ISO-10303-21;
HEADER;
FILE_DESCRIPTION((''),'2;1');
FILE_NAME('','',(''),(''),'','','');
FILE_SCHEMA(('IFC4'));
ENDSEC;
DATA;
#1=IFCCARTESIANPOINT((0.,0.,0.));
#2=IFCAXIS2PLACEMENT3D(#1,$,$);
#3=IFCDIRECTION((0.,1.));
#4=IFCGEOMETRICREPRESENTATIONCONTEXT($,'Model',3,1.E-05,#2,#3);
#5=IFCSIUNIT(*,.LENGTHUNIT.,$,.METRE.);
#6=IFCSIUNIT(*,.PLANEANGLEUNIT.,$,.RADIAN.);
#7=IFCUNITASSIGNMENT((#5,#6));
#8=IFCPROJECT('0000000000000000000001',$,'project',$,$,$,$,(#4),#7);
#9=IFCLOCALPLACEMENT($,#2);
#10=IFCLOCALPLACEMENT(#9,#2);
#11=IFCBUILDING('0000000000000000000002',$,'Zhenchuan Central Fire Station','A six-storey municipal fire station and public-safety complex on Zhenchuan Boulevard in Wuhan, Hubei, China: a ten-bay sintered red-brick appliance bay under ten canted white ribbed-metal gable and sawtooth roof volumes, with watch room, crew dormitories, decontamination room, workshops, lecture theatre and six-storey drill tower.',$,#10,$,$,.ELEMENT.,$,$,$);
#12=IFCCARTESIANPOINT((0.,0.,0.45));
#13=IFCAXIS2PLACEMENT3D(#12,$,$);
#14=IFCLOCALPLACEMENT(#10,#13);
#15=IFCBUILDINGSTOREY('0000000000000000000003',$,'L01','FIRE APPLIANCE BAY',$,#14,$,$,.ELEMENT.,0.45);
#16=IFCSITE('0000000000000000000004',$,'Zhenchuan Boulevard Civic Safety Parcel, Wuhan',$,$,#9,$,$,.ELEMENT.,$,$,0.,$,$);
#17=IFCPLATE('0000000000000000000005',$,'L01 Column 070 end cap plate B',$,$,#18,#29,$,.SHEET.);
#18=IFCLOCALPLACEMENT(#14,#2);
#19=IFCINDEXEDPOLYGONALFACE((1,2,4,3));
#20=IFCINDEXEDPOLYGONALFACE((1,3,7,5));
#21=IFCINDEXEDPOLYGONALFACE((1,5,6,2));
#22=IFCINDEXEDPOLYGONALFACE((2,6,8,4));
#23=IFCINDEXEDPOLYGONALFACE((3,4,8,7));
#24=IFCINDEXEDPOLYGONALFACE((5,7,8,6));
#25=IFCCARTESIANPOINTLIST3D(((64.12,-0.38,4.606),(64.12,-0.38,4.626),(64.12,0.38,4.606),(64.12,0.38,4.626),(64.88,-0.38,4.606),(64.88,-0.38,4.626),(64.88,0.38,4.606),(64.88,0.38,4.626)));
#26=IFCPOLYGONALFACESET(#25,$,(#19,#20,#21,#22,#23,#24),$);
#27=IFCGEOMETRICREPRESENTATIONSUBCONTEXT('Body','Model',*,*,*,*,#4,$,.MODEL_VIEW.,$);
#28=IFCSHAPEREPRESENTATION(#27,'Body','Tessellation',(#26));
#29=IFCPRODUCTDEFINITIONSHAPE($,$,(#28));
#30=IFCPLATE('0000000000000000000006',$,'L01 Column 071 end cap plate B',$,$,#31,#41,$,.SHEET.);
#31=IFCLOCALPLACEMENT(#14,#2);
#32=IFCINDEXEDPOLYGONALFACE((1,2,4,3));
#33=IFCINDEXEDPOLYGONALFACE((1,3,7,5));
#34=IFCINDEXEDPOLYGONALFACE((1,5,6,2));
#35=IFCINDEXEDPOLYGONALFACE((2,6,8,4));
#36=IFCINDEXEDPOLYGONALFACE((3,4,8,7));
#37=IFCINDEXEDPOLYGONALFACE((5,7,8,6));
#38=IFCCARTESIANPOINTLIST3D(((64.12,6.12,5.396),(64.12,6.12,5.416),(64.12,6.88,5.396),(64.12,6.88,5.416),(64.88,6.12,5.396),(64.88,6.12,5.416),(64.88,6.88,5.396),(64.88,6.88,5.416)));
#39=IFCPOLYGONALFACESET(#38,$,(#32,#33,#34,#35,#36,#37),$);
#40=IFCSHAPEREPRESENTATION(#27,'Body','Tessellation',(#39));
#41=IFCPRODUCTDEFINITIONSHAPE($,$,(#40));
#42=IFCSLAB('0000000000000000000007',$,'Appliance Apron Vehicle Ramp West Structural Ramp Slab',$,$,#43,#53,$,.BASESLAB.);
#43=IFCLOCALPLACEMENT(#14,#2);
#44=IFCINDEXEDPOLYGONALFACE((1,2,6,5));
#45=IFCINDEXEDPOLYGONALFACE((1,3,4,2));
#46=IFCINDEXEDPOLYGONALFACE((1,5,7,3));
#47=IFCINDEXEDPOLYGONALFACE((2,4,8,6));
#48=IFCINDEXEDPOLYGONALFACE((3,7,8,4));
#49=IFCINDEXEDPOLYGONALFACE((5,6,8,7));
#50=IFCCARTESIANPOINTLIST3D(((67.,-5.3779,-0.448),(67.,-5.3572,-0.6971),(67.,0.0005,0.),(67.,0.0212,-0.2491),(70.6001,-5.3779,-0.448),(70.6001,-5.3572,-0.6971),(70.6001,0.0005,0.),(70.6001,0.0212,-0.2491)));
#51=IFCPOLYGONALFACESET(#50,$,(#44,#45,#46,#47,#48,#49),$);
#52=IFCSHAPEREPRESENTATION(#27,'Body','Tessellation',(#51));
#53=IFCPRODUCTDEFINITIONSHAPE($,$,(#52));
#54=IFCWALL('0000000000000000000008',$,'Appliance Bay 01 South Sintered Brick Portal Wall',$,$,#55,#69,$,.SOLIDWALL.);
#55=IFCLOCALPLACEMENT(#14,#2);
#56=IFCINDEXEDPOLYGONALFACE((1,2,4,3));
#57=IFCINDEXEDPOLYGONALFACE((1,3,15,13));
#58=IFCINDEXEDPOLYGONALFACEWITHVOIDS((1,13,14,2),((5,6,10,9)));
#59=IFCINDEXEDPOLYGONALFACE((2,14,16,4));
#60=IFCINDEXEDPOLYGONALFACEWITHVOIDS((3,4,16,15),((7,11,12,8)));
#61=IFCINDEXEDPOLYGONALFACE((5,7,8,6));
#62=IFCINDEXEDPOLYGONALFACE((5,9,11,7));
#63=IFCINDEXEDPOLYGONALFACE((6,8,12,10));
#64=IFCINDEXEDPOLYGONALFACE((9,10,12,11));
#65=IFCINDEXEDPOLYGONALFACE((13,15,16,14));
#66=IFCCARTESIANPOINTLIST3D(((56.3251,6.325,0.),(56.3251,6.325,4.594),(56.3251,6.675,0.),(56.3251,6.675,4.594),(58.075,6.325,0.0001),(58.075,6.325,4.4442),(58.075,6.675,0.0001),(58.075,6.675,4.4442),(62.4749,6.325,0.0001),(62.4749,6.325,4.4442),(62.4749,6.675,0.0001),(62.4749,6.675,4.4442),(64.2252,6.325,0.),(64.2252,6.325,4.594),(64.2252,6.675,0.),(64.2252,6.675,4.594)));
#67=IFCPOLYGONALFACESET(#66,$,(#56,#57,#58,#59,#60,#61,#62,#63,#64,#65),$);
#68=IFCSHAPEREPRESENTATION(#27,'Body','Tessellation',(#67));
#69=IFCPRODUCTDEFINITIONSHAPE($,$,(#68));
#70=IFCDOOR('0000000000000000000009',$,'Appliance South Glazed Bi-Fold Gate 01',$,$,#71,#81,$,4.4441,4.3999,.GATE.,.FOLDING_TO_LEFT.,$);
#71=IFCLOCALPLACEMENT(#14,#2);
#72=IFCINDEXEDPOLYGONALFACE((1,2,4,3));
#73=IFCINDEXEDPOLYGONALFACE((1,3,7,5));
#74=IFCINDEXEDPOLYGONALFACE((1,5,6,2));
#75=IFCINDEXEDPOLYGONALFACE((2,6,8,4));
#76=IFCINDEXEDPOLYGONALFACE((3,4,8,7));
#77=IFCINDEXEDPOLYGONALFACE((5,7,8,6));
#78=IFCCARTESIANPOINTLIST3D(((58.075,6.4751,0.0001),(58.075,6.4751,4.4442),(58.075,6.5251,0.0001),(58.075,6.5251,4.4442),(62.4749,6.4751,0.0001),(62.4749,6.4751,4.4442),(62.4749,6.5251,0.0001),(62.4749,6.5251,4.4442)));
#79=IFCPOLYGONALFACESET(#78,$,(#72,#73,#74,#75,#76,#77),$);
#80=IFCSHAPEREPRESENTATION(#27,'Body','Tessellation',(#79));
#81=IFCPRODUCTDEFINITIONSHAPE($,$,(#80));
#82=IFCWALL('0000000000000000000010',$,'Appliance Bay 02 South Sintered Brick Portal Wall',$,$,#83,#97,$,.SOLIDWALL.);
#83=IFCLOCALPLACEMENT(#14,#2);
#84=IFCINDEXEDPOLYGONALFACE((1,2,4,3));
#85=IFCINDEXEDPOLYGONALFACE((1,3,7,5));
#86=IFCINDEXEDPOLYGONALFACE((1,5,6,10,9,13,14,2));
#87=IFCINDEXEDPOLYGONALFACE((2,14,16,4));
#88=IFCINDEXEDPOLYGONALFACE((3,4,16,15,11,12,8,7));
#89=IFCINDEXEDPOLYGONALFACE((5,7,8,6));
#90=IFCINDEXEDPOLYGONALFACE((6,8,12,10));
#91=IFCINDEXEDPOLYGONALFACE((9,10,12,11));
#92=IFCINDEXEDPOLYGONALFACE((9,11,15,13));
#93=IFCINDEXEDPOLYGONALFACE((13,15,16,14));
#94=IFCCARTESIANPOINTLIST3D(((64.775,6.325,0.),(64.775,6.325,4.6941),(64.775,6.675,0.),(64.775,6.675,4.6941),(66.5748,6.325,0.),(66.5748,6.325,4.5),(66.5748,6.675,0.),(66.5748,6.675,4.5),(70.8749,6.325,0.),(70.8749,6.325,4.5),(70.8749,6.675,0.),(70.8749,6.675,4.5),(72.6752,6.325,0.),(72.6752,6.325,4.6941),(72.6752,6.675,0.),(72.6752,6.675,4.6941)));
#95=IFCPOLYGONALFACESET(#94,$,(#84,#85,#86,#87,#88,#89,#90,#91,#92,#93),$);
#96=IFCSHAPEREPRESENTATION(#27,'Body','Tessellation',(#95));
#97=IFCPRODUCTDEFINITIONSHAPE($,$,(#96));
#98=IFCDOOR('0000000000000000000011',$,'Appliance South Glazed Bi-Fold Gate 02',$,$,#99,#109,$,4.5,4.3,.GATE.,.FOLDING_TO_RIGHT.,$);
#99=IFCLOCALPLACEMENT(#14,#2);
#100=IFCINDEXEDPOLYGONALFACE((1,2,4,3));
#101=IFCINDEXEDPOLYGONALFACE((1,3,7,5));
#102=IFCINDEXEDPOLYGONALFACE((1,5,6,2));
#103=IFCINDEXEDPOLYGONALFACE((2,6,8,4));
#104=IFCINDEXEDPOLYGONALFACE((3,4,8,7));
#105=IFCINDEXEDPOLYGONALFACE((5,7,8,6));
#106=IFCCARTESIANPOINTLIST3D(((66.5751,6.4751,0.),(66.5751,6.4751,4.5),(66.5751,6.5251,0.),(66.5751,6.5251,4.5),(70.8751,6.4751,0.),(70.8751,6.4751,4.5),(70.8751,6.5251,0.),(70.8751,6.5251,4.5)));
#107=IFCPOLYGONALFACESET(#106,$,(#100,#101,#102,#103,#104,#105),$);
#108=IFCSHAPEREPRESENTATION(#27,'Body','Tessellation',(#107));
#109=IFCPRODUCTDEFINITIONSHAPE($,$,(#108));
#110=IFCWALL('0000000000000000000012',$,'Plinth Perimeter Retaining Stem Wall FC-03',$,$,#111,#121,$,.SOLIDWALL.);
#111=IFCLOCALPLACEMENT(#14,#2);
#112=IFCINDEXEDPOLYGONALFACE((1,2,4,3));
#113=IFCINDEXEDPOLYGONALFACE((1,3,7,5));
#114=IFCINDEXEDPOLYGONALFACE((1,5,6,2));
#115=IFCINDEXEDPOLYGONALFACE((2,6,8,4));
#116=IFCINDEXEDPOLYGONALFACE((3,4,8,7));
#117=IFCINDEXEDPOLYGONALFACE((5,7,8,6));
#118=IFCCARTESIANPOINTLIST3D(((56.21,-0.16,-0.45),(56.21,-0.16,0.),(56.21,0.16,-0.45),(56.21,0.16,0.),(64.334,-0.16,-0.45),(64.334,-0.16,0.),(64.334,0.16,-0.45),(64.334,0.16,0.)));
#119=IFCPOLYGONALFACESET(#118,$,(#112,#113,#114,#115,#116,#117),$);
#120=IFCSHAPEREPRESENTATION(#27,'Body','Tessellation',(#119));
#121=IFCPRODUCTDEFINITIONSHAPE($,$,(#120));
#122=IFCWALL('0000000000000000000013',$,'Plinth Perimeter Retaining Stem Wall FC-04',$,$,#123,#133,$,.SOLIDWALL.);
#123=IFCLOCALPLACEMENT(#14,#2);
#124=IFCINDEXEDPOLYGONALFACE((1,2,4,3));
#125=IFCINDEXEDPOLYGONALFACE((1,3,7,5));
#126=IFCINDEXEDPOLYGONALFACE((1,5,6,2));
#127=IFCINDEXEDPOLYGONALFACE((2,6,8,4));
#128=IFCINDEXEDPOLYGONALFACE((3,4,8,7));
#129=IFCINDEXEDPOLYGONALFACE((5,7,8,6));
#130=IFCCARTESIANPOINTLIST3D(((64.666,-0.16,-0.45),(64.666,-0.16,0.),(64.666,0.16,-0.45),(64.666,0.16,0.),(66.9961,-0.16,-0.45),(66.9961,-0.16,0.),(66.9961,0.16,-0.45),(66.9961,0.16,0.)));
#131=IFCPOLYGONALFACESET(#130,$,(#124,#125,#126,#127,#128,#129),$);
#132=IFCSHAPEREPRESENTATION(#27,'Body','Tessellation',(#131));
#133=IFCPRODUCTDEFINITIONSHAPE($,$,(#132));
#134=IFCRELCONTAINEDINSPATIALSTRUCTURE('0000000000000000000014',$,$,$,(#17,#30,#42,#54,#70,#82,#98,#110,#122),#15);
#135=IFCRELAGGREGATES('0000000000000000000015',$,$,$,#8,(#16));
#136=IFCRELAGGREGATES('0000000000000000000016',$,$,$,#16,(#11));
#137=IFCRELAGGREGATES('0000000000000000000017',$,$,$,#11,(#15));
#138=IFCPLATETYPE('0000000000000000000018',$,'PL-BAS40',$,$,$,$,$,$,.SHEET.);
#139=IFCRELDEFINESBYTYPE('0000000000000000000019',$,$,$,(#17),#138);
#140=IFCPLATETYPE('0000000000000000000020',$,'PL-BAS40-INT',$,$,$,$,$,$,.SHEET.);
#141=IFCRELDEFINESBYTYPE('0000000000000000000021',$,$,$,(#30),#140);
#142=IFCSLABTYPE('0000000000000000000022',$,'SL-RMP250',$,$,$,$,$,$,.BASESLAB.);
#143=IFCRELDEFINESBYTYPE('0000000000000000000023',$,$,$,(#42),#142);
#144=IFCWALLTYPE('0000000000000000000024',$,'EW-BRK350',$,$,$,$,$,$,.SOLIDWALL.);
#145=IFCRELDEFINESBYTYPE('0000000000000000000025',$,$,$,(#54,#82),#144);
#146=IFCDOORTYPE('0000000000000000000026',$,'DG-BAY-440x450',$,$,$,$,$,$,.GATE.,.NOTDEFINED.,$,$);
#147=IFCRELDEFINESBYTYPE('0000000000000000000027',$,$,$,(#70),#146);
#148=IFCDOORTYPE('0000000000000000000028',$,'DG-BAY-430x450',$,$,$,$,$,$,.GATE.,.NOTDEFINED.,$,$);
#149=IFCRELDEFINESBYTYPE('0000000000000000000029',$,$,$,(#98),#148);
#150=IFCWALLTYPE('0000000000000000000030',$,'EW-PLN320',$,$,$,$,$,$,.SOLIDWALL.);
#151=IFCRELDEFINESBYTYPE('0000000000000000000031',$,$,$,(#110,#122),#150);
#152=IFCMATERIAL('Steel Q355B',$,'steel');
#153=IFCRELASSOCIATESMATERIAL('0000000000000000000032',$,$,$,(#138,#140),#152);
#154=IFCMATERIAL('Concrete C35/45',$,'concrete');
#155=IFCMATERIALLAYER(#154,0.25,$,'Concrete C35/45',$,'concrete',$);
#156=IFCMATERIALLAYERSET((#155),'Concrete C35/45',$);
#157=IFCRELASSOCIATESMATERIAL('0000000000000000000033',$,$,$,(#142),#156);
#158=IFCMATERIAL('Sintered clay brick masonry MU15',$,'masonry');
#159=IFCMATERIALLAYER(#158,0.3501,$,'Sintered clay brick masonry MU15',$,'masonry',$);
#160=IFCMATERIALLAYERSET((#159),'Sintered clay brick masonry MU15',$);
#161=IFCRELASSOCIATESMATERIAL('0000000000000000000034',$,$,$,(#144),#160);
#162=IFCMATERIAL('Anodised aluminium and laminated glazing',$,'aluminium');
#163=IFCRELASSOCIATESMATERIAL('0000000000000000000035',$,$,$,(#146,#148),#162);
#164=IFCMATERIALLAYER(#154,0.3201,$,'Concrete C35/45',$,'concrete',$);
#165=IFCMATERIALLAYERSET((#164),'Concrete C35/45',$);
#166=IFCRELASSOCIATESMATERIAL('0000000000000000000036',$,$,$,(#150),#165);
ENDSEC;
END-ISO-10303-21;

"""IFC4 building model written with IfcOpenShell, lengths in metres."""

from ifc_helpers import new_model, si_unit, direction, frame, frame_2d, origin, origin_2d, place, context, subcontext, project, spatial, polyline, rectangle, outline, extrude, material, layer, layer_set, material_profile, profile_set, type_object, element, fill, save


model = new_model("IFC4")

# Units and contexts
model_context = context("Model", 3, precision=1e-05, world=origin(), true_north=direction((0.0, 1.0)))
body_context = subcontext(model_context, "Body", "Model", "MODEL_VIEW")
ifc_project = project(units=[si_unit("LENGTHUNIT", "METRE"), si_unit("PLANEANGLEUNIT", "RADIAN")], contexts=[model_context])

# Site, building, storey
site_placement = place(None, origin())
site = spatial("IfcSite", under=ifc_project, at=site_placement, Name="Zhenchuan Boulevard Civic Safety Parcel, Wuhan", CompositionType="ELEMENT", RefElevation=0.0)
building_placement = place(site_placement, origin())
building = spatial("IfcBuilding", under=site, at=building_placement, Name="Zhenchuan Central Fire Station", Description="A six-storey municipal fire station and public-safety complex on Zhenchuan Boulevard in Wuhan, Hubei, China: a ten-bay sintered red-brick appliance bay under ten canted white ribbed-metal gable and sawtooth roof volumes, with watch room, crew dormitories, decontamination room, workshops, lecture theatre and six-storey drill tower.", CompositionType="ELEMENT")
storey_placement = place(building_placement, frame((0.0, 0.0, 0.45)))
storey = spatial("IfcBuildingStorey", under=building, at=storey_placement, Name="L01", Description="FIRE APPLIANCE BAY", CompositionType="ELEMENT", Elevation=0.45)

# Shared definitions
ifc_material_1 = material(Name="Concrete C35/45", Category="concrete")

# Shared definitions
ifc_material_2 = material(Name="Steel Q355B", Category="steel")

# Plates
ifc_material_profile_1 = material_profile(ifc_material_2, rectangle(XDim=0.76, YDim=0.76, at=origin_2d()), Name="PL 760x760x40")
ifc_profile_set_1 = profile_set([ifc_material_profile_1], Name="Steel Q355B")
plate_type_1 = type_object("IfcPlateType", Name="PL-BAS40", PredefinedType="SHEET", material=ifc_profile_set_1)
plate_1_placement = place(storey_placement, frame((64.5, 0.0, 4.606), z_axis=(0.0, 0.0, 1.0), x_axis=(1.0, 0.0, 0.0)))
element("IfcPlate", 1, at=plate_1_placement, inside=storey, type_object=plate_type_1, Name="L01 Column 070 end cap plate B", PredefinedType="SHEET", context=body_context, shape_type="SweptSolid", body=[
    extrude(rectangle(XDim=0.76, YDim=0.76, at=origin_2d()), origin(), (0.0, 0.0, 1.0), 0.02),
])
ifc_material_profile_2 = material_profile(ifc_material_2, rectangle(XDim=0.76, YDim=0.76, at=origin_2d()), Name="PL 760x760x40")
ifc_profile_set_2 = profile_set([ifc_material_profile_2], Name="Steel Q355B")
plate_type_2 = type_object("IfcPlateType", Name="PL-BAS40-INT", PredefinedType="SHEET", material=ifc_profile_set_2)
plate_2_placement = place(storey_placement, frame((64.5, 6.5, 5.396), z_axis=(0.0, 0.0, 1.0), x_axis=(1.0, 0.0, 0.0)))
element("IfcPlate", 2, at=plate_2_placement, inside=storey, type_object=plate_type_2, Name="L01 Column 071 end cap plate B", PredefinedType="SHEET", context=body_context, shape_type="SweptSolid", body=[
    extrude(rectangle(XDim=0.76, YDim=0.76, at=origin_2d()), origin(), (0.0, 0.0, 1.0), 0.02),
])

# Slab
ifc_layer_1 = layer(ifc_material_1, 0.25, Name="Concrete C35/45", Category="concrete")
ifc_layer_set_1 = layer_set([ifc_layer_1], Name="Concrete C35/45")
slab_type = type_object("IfcSlabType", Name="SL-RMP250", PredefinedType="BASESLAB", material=ifc_layer_set_1)
slab_placement = place(storey_placement, frame((67.0, -5.3779, -0.448), z_axis=(0.0, -0.083008, 0.996549), x_axis=(1.0, 0.0, 0.0)))
element("IfcSlab", 3, at=slab_placement, inside=storey, type_object=slab_type, Name="Appliance Apron Vehicle Ramp West Structural Ramp Slab", PredefinedType="BASESLAB", context=body_context, shape_type="SweptSolid", body=[
    extrude(outline(polyline([(0.0, 0.0), (3.6001, 0.0), (3.6001, 5.397), (0.0, 5.397), (0.0, 0.0)])), origin(), (0.0, 0.0, -1.0), 0.25),
])

# Walls, openings, doors
ifc_material_3 = material(Name="Sintered clay brick masonry MU15", Category="masonry")
ifc_layer_2 = layer(ifc_material_3, 0.3501, Name="Sintered clay brick masonry MU15", Category="masonry")
ifc_layer_set_2 = layer_set([ifc_layer_2], Name="Sintered clay brick masonry MU15")
wall_type_1 = type_object("IfcWallType", Name="EW-BRK350", PredefinedType="SOLIDWALL", material=ifc_layer_set_2)
wall_1_placement = place(storey_placement, frame((56.325, 6.5, 0.0), z_axis=(0.0, 0.0, 1.0), x_axis=(1.0, 0.0, 0.0)))
wall_1 = element("IfcWall", 4, at=wall_1_placement, inside=storey, type_object=wall_type_1, Name="Appliance Bay 01 South Sintered Brick Portal Wall", PredefinedType="SOLIDWALL", context=body_context, shape_type="SweptSolid", body=[
    extrude(rectangle(XDim=7.9001, YDim=0.3501, at=frame_2d((3.9502, 0.0))), origin(), (0.0, 0.0, 1.0), 4.594),
])
opening_1_placement = place(wall_1_placement, frame((1.75, 0.0, 0.0)))
opening_1 = element("IfcOpeningElement", 5, at=opening_1_placement, cuts=wall_1, PredefinedType="OPENING", context=body_context, shape_type="SweptSolid", body=[
    extrude(rectangle(XDim=4.3999, YDim=4.4441, at=frame_2d((2.2, 2.2222))), frame((0.0, 0.1851, 0.0), z_axis=(0.0, -1.0, 0.0), x_axis=(1.0, 0.0, 0.0)), (0.0, 0.0, 1.0), 0.3701),
])
ifc_material_4 = material(Name="Anodised aluminium and laminated glazing", Category="aluminium")
door_type_1 = type_object("IfcDoorType", Name="DG-BAY-440x450", OperationType="NOTDEFINED", PredefinedType="GATE", material=ifc_material_4)
door_1_placement = place(opening_1_placement, frame((4.3999, 0.0, 0.0), z_axis=(0.0, 0.0, 1.0), x_axis=(-1.0, 0.0, 0.0)))
door_1 = element("IfcDoor", 6, at=door_1_placement, inside=storey, type_object=door_type_1, Name="Appliance South Glazed Bi-Fold Gate 01", OperationType="FOLDING_TO_LEFT", OverallHeight=4.4441, OverallWidth=4.3999, PredefinedType="GATE", context=body_context, shape_type="SweptSolid", body=[
    extrude(rectangle(XDim=4.3999, YDim=4.4441, at=frame_2d((2.2, 2.2222))), frame((0.0, 0.0249, 0.0), z_axis=(0.0, -1.0, 0.0), x_axis=(1.0, 0.0, 0.0)), (0.0, 0.0, 1.0), 0.05),
])
fill(opening_1, door_1)
wall_2_placement = place(storey_placement, frame((64.7749, 6.5, 0.0), z_axis=(0.0, 0.0, 1.0), x_axis=(1.0, 0.0, 0.0)))
wall_2 = element("IfcWall", 7, at=wall_2_placement, inside=storey, type_object=wall_type_1, Name="Appliance Bay 02 South Sintered Brick Portal Wall", PredefinedType="SOLIDWALL", context=body_context, shape_type="SweptSolid", body=[
    extrude(rectangle(XDim=7.9001, YDim=0.3501, at=frame_2d((3.9502, 0.0))), origin(), (0.0, 0.0, 1.0), 4.6941),
])
opening_2_placement = place(wall_2_placement, frame((1.8, 0.0, 0.0)))
opening_2 = element("IfcOpeningElement", 8, at=opening_2_placement, cuts=wall_2, PredefinedType="OPENING", context=body_context, shape_type="SweptSolid", body=[
    extrude(rectangle(XDim=4.3, YDim=4.5, at=frame_2d((2.1499, 2.25))), frame((0.0, 0.1851, 0.0), z_axis=(0.0, -1.0, 0.0), x_axis=(1.0, 0.0, 0.0)), (0.0, 0.0, 1.0), 0.3701),
])
door_type_2 = type_object("IfcDoorType", Name="DG-BAY-430x450", OperationType="NOTDEFINED", PredefinedType="GATE", material=ifc_material_4)
door_2_placement = place(opening_2_placement, frame((4.3, 0.0, 0.0), z_axis=(0.0, 0.0, 1.0), x_axis=(-1.0, 0.0, 0.0)))
door_2 = element("IfcDoor", 9, at=door_2_placement, inside=storey, type_object=door_type_2, Name="Appliance South Glazed Bi-Fold Gate 02", OperationType="FOLDING_TO_RIGHT", OverallHeight=4.5, OverallWidth=4.3, PredefinedType="GATE", context=body_context, shape_type="SweptSolid", body=[
    extrude(rectangle(XDim=4.3, YDim=4.5, at=frame_2d((2.1499, 2.25))), frame((0.0, 0.0249, 0.0), z_axis=(0.0, -1.0, 0.0), x_axis=(1.0, 0.0, 0.0)), (0.0, 0.0, 1.0), 0.05),
])
fill(opening_2, door_2)

# Walls
ifc_layer_3 = layer(ifc_material_1, 0.3201, Name="Concrete C35/45", Category="concrete")
ifc_layer_set_3 = layer_set([ifc_layer_3], Name="Concrete C35/45")
wall_type_2 = type_object("IfcWallType", Name="EW-PLN320", PredefinedType="SOLIDWALL", material=ifc_layer_set_3)
wall_3_placement = place(storey_placement, frame((56.21, 0.0, -0.45), z_axis=(0.0, 0.0, 1.0), x_axis=(1.0, 0.0, 0.0)))
element("IfcWall", 10, at=wall_3_placement, inside=storey, type_object=wall_type_2, Name="Plinth Perimeter Retaining Stem Wall FC-03", PredefinedType="SOLIDWALL", context=body_context, shape_type="SweptSolid", body=[
    extrude(rectangle(XDim=8.124, YDim=0.3201, at=frame_2d((4.062, 0.0))), origin(), (0.0, 0.0, 1.0), 0.45),
])
wall_4_placement = place(storey_placement, frame((64.666, 0.0, -0.45), z_axis=(0.0, 0.0, 1.0), x_axis=(1.0, 0.0, 0.0)))
element("IfcWall", 11, at=wall_4_placement, inside=storey, type_object=wall_type_2, Name="Plinth Perimeter Retaining Stem Wall FC-04", PredefinedType="SOLIDWALL", context=body_context, shape_type="SweptSolid", body=[
    extrude(rectangle(XDim=2.3301, YDim=0.3201, at=frame_2d((1.165, 0.0))), origin(), (0.0, 0.0, 1.0), 0.45),
])

save(model, "model.ifc")
